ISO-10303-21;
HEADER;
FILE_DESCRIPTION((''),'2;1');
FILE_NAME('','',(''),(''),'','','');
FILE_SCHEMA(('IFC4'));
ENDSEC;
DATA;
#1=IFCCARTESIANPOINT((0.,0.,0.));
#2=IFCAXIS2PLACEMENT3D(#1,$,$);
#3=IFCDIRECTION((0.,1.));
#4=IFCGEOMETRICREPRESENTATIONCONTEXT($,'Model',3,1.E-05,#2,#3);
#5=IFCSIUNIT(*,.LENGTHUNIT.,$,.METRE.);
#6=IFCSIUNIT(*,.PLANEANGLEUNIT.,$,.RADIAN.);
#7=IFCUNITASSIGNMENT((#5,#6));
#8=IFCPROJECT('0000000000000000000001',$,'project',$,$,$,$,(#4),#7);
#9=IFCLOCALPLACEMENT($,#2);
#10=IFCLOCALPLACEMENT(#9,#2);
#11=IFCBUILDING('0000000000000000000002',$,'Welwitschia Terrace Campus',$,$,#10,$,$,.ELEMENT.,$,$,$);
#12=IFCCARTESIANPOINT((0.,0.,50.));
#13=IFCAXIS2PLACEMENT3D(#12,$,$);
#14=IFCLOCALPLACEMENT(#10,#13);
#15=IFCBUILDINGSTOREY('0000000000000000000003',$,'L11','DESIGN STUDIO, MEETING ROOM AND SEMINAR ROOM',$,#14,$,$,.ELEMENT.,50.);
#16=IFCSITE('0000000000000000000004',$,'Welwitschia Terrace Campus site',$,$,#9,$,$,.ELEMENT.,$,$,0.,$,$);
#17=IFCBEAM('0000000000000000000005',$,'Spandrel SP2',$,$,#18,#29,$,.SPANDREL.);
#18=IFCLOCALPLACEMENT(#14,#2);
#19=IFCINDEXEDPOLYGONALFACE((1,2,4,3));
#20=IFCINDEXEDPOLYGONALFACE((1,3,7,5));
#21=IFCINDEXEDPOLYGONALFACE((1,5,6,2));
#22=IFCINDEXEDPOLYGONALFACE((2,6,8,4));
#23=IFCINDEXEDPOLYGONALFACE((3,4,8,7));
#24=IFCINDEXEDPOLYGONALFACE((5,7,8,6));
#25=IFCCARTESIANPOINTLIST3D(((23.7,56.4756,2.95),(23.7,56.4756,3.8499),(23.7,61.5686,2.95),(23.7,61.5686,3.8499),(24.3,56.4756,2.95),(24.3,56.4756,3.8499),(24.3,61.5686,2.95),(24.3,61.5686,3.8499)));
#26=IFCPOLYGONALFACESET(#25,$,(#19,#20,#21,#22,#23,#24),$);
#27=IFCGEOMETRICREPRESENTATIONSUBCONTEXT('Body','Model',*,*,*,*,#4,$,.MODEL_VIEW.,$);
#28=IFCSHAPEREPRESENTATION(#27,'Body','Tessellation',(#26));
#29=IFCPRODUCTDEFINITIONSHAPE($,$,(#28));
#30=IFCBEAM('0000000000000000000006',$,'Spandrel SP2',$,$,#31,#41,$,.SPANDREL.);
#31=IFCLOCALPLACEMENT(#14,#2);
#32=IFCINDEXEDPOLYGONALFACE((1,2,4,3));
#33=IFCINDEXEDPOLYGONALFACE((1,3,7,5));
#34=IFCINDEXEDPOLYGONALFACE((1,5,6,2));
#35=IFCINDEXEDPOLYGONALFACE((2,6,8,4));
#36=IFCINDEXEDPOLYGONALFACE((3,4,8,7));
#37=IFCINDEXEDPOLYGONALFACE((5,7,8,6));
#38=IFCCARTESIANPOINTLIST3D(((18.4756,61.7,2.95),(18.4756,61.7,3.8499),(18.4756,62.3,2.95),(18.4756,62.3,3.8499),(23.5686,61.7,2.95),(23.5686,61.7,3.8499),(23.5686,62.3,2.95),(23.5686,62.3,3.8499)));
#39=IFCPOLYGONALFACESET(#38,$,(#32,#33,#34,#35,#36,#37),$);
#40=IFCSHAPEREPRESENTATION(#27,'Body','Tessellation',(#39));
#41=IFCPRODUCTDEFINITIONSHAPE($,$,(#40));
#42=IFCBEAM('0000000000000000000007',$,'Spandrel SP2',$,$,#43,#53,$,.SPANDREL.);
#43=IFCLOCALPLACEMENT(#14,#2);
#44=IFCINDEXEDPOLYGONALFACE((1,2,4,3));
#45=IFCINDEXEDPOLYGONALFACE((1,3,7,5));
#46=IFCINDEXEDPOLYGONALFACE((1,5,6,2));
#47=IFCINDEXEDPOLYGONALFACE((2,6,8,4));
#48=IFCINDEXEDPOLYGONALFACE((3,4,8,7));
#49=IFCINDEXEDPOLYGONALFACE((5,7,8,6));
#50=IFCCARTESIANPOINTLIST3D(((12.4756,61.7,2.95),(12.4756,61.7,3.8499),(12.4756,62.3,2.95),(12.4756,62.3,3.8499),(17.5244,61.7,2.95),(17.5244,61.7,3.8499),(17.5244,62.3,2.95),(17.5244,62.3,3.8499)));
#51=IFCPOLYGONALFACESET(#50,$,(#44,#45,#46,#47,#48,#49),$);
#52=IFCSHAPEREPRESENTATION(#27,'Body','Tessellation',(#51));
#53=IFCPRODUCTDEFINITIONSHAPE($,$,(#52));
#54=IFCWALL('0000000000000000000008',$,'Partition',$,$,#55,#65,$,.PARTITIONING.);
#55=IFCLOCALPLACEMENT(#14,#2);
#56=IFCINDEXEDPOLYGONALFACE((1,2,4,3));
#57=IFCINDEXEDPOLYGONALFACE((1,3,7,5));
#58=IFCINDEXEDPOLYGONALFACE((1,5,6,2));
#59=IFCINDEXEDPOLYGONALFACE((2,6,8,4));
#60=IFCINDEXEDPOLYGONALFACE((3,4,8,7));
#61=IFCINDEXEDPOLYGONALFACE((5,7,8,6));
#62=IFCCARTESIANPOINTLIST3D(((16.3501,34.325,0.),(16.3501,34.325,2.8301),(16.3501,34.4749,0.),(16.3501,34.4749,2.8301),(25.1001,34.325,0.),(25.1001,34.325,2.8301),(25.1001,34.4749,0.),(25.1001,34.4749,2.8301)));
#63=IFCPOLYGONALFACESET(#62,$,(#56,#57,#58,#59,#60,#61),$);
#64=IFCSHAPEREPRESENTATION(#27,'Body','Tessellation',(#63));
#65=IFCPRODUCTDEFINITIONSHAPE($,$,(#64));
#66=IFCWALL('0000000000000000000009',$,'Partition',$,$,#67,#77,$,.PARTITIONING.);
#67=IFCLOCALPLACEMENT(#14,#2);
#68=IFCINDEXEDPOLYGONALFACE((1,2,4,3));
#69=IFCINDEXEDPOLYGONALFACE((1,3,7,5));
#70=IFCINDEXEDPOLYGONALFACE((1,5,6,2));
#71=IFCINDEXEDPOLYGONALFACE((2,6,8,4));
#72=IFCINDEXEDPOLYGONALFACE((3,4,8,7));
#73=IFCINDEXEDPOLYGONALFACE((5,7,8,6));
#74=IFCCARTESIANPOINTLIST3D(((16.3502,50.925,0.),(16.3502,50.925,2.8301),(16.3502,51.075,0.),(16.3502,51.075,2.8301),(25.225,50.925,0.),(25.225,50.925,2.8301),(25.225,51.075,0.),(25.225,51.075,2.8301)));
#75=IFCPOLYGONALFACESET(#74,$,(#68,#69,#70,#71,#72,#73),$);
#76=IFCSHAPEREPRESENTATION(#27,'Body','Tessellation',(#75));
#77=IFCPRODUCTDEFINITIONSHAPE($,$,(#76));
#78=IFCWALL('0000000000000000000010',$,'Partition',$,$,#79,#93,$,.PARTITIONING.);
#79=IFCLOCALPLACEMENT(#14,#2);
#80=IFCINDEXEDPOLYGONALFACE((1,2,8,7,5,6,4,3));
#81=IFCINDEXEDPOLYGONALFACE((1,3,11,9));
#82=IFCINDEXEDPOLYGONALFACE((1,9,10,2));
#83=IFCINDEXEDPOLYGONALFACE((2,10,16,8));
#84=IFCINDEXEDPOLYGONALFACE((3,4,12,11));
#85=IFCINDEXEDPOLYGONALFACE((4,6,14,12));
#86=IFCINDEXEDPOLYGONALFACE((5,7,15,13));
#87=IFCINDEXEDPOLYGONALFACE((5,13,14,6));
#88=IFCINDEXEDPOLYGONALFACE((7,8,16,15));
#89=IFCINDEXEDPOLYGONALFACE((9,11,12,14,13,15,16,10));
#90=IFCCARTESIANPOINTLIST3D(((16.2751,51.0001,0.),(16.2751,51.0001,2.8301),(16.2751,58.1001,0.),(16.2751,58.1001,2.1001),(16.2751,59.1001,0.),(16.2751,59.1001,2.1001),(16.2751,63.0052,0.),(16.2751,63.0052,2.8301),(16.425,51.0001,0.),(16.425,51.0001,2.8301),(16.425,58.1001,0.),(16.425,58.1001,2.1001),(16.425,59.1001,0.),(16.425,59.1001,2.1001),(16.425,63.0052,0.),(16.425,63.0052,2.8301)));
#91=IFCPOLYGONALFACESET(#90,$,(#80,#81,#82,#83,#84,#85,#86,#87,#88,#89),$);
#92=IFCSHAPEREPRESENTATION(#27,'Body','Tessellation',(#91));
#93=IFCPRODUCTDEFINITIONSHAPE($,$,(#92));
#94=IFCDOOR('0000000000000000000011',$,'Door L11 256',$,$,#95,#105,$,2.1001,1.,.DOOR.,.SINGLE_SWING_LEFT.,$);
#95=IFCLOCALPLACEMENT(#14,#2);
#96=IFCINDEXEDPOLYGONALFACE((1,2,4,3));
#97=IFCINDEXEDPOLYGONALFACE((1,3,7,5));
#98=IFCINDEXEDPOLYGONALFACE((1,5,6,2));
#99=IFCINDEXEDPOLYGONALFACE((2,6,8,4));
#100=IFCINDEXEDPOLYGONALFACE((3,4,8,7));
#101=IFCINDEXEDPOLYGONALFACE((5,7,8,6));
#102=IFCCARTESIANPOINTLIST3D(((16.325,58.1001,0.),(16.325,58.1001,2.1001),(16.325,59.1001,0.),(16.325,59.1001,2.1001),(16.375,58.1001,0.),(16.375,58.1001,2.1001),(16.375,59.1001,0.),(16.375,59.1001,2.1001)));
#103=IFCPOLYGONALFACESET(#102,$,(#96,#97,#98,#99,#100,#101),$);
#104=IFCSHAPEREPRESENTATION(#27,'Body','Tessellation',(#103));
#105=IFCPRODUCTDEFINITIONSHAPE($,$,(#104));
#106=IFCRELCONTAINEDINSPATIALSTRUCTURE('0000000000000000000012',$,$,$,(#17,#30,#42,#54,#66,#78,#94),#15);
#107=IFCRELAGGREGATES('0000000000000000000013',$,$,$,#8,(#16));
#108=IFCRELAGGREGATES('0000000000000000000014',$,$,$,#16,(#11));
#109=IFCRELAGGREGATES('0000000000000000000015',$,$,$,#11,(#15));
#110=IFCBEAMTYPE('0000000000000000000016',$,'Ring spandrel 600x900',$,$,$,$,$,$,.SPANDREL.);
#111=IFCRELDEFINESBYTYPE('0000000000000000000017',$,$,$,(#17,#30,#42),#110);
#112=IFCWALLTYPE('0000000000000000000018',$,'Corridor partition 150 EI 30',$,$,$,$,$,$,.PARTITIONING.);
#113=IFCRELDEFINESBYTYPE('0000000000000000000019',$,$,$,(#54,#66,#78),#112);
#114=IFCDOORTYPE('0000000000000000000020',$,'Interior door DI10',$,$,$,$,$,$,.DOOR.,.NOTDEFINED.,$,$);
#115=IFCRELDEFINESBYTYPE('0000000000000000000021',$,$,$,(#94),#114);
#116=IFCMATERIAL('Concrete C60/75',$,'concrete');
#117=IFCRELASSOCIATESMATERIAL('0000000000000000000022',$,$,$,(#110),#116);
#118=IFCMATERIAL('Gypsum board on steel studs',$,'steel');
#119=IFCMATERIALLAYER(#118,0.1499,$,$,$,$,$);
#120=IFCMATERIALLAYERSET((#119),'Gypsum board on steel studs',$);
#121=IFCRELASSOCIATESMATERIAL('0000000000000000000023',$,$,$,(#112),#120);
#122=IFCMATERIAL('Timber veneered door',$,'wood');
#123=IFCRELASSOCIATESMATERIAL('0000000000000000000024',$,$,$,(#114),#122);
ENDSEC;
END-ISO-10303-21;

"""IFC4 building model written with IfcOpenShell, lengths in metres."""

from ifc_helpers import new_model, si_unit, direction, frame, frame_2d, origin, origin_2d, place, context, subcontext, project, spatial, rectangle, extrude, material, layer, layer_set, material_profile, profile_set, type_object, element, fill, save


model = new_model("IFC4")

# Units and contexts
model_context = context("Model", 3, precision=1e-05, world=origin(), true_north=direction((0.0, 1.0)))
body_context = subcontext(model_context, "Body", "Model", "MODEL_VIEW")
ifc_project = project(units=[si_unit("LENGTHUNIT", "METRE"), si_unit("PLANEANGLEUNIT", "RADIAN")], contexts=[model_context])

# Site, building, storey
site_placement = place(None, origin())
site = spatial("IfcSite", under=ifc_project, at=site_placement, Name="Welwitschia Terrace Campus site", CompositionType="ELEMENT", RefElevation=0.0)
building_placement = place(site_placement, origin())
building = spatial("IfcBuilding", under=site, at=building_placement, Name="Welwitschia Terrace Campus", CompositionType="ELEMENT")
storey_placement = place(building_placement, frame((0.0, 0.0, 50.0)))
storey = spatial("IfcBuildingStorey", under=building, at=storey_placement, Name="L11", Description="DESIGN STUDIO, MEETING ROOM AND SEMINAR ROOM", CompositionType="ELEMENT", Elevation=50.0)

# Beams
ifc_material_1 = material(Name="Concrete C60/75", Category="concrete")
ifc_material_profile_1 = material_profile(ifc_material_1, rectangle(XDim=0.6001, YDim=0.8999, at=origin_2d()))
ifc_profile_set_1 = profile_set([ifc_material_profile_1], Name="Concrete C60/75")
beam_type_1 = type_object("IfcBeamType", Name="Ring spandrel 600x900", PredefinedType="SPANDREL", material=ifc_profile_set_1)
for number, where, z_axis, x_axis, name in (
    (1, (24.0, 56.4756, 3.3999), (0.0, 1.0, 0.0), (-1.0, 0.0, 0.0), "Spandrel SP2"),
    (2, (23.5686, 62.0, 3.3999), (-1.0, 0.0, 0.0), (0.0, -1.0, 0.0), "Spandrel SP2"),
):
    element("IfcBeam", number, at=place(storey_placement, frame(where, z_axis=z_axis, x_axis=x_axis)), inside=storey, type_object=beam_type_1, Name=name, PredefinedType="SPANDREL", context=body_context, shape_type="SweptSolid", body=[
        extrude(rectangle(XDim=0.6001, YDim=0.8999, at=origin_2d()), origin(), (0.0, 0.0, 1.0), 5.093),
    ])
beam_1_placement = place(storey_placement, frame((17.5244, 62.0, 3.3999), z_axis=(-1.0, 0.0, 0.0), x_axis=(0.0, -1.0, 0.0)))
element("IfcBeam", 3, at=beam_1_placement, inside=storey, type_object=beam_type_1, Name="Spandrel SP2", PredefinedType="SPANDREL", context=body_context, shape_type="SweptSolid", body=[
    extrude(rectangle(XDim=0.6001, YDim=0.8999, at=origin_2d()), origin(), (0.0, 0.0, 1.0), 5.0488),
])

# Walls
ifc_material_2 = material(Name="Gypsum board on steel studs", Category="steel")
ifc_layer_1 = layer(ifc_material_2, 0.1499)
ifc_layer_set_1 = layer_set([ifc_layer_1], Name="Gypsum board on steel studs")
wall_type = type_object("IfcWallType", Name="Corridor partition 150 EI 30", PredefinedType="PARTITIONING", material=ifc_layer_set_1)
wall_1_placement = place(storey_placement, frame((16.3501, 34.3999, 0.0), z_axis=(0.0, 0.0, 1.0), x_axis=(1.0, 0.0, 0.0)))
element("IfcWall", 4, at=wall_1_placement, inside=storey, type_object=wall_type, Name="Partition", PredefinedType="PARTITIONING", context=body_context, shape_type="SweptSolid", body=[
    extrude(rectangle(XDim=8.75, YDim=0.1499, at=frame_2d((4.375, 0.0))), origin(), (0.0, 0.0, 1.0), 2.8301),
])
wall_2_placement = place(storey_placement, frame((16.3501, 51.0, 0.0), z_axis=(0.0, 0.0, 1.0), x_axis=(1.0, 0.0, 0.0)))
element("IfcWall", 5, at=wall_2_placement, inside=storey, type_object=wall_type, Name="Partition", PredefinedType="PARTITIONING", context=body_context, shape_type="SweptSolid", body=[
    extrude(rectangle(XDim=8.8748, YDim=0.1499, at=frame_2d((4.4375, 0.0))), origin(), (0.0, 0.0, 1.0), 2.8301),
])

# Wall, opening, door
wall_3_placement = place(storey_placement, frame((16.3501, 63.0051, 0.0), z_axis=(0.0, 0.0, 1.0), x_axis=(0.0, -1.0, 0.0)))
wall_3 = element("IfcWall", 6, at=wall_3_placement, inside=storey, type_object=wall_type, Name="Partition", PredefinedType="PARTITIONING", context=body_context, shape_type="SweptSolid", body=[
    extrude(rectangle(XDim=12.0051, YDim=0.1499, at=frame_2d((6.0024, 0.0))), origin(), (0.0, 0.0, 1.0), 2.8301),
])
opening_placement = place(wall_3_placement, frame((3.905, 0.0, 0.0)))
opening = element("IfcOpeningElement", 7, at=opening_placement, cuts=wall_3, PredefinedType="OPENING", context=body_context, shape_type="SweptSolid", body=[
    extrude(rectangle(XDim=1.0, YDim=2.1001, at=frame_2d((0.5, 1.05))), frame((0.0, 0.085, 0.0), z_axis=(0.0, -1.0, 0.0), x_axis=(1.0, 0.0, 0.0)), (0.0, 0.0, 1.0), 0.1699),
])
ifc_material_3 = material(Name="Timber veneered door", Category="wood")
door_type = type_object("IfcDoorType", Name="Interior door DI10", OperationType="NOTDEFINED", PredefinedType="DOOR", material=ifc_material_3)
door_placement = place(opening_placement, origin())
door = element("IfcDoor", 8, at=door_placement, inside=storey, type_object=door_type, Name="Door L11 256", OperationType="SINGLE_SWING_LEFT", OverallHeight=2.1001, OverallWidth=1.0, PredefinedType="DOOR", context=body_context, shape_type="SweptSolid", body=[
    extrude(rectangle(XDim=1.0, YDim=2.1001, at=frame_2d((0.5, 1.05))), frame((0.0, 0.0249, 0.0), z_axis=(0.0, -1.0, 0.0), x_axis=(1.0, 0.0, 0.0)), (0.0, 0.0, 1.0), 0.05),
])
fill(opening, door)

save(model, "model.ifc")
